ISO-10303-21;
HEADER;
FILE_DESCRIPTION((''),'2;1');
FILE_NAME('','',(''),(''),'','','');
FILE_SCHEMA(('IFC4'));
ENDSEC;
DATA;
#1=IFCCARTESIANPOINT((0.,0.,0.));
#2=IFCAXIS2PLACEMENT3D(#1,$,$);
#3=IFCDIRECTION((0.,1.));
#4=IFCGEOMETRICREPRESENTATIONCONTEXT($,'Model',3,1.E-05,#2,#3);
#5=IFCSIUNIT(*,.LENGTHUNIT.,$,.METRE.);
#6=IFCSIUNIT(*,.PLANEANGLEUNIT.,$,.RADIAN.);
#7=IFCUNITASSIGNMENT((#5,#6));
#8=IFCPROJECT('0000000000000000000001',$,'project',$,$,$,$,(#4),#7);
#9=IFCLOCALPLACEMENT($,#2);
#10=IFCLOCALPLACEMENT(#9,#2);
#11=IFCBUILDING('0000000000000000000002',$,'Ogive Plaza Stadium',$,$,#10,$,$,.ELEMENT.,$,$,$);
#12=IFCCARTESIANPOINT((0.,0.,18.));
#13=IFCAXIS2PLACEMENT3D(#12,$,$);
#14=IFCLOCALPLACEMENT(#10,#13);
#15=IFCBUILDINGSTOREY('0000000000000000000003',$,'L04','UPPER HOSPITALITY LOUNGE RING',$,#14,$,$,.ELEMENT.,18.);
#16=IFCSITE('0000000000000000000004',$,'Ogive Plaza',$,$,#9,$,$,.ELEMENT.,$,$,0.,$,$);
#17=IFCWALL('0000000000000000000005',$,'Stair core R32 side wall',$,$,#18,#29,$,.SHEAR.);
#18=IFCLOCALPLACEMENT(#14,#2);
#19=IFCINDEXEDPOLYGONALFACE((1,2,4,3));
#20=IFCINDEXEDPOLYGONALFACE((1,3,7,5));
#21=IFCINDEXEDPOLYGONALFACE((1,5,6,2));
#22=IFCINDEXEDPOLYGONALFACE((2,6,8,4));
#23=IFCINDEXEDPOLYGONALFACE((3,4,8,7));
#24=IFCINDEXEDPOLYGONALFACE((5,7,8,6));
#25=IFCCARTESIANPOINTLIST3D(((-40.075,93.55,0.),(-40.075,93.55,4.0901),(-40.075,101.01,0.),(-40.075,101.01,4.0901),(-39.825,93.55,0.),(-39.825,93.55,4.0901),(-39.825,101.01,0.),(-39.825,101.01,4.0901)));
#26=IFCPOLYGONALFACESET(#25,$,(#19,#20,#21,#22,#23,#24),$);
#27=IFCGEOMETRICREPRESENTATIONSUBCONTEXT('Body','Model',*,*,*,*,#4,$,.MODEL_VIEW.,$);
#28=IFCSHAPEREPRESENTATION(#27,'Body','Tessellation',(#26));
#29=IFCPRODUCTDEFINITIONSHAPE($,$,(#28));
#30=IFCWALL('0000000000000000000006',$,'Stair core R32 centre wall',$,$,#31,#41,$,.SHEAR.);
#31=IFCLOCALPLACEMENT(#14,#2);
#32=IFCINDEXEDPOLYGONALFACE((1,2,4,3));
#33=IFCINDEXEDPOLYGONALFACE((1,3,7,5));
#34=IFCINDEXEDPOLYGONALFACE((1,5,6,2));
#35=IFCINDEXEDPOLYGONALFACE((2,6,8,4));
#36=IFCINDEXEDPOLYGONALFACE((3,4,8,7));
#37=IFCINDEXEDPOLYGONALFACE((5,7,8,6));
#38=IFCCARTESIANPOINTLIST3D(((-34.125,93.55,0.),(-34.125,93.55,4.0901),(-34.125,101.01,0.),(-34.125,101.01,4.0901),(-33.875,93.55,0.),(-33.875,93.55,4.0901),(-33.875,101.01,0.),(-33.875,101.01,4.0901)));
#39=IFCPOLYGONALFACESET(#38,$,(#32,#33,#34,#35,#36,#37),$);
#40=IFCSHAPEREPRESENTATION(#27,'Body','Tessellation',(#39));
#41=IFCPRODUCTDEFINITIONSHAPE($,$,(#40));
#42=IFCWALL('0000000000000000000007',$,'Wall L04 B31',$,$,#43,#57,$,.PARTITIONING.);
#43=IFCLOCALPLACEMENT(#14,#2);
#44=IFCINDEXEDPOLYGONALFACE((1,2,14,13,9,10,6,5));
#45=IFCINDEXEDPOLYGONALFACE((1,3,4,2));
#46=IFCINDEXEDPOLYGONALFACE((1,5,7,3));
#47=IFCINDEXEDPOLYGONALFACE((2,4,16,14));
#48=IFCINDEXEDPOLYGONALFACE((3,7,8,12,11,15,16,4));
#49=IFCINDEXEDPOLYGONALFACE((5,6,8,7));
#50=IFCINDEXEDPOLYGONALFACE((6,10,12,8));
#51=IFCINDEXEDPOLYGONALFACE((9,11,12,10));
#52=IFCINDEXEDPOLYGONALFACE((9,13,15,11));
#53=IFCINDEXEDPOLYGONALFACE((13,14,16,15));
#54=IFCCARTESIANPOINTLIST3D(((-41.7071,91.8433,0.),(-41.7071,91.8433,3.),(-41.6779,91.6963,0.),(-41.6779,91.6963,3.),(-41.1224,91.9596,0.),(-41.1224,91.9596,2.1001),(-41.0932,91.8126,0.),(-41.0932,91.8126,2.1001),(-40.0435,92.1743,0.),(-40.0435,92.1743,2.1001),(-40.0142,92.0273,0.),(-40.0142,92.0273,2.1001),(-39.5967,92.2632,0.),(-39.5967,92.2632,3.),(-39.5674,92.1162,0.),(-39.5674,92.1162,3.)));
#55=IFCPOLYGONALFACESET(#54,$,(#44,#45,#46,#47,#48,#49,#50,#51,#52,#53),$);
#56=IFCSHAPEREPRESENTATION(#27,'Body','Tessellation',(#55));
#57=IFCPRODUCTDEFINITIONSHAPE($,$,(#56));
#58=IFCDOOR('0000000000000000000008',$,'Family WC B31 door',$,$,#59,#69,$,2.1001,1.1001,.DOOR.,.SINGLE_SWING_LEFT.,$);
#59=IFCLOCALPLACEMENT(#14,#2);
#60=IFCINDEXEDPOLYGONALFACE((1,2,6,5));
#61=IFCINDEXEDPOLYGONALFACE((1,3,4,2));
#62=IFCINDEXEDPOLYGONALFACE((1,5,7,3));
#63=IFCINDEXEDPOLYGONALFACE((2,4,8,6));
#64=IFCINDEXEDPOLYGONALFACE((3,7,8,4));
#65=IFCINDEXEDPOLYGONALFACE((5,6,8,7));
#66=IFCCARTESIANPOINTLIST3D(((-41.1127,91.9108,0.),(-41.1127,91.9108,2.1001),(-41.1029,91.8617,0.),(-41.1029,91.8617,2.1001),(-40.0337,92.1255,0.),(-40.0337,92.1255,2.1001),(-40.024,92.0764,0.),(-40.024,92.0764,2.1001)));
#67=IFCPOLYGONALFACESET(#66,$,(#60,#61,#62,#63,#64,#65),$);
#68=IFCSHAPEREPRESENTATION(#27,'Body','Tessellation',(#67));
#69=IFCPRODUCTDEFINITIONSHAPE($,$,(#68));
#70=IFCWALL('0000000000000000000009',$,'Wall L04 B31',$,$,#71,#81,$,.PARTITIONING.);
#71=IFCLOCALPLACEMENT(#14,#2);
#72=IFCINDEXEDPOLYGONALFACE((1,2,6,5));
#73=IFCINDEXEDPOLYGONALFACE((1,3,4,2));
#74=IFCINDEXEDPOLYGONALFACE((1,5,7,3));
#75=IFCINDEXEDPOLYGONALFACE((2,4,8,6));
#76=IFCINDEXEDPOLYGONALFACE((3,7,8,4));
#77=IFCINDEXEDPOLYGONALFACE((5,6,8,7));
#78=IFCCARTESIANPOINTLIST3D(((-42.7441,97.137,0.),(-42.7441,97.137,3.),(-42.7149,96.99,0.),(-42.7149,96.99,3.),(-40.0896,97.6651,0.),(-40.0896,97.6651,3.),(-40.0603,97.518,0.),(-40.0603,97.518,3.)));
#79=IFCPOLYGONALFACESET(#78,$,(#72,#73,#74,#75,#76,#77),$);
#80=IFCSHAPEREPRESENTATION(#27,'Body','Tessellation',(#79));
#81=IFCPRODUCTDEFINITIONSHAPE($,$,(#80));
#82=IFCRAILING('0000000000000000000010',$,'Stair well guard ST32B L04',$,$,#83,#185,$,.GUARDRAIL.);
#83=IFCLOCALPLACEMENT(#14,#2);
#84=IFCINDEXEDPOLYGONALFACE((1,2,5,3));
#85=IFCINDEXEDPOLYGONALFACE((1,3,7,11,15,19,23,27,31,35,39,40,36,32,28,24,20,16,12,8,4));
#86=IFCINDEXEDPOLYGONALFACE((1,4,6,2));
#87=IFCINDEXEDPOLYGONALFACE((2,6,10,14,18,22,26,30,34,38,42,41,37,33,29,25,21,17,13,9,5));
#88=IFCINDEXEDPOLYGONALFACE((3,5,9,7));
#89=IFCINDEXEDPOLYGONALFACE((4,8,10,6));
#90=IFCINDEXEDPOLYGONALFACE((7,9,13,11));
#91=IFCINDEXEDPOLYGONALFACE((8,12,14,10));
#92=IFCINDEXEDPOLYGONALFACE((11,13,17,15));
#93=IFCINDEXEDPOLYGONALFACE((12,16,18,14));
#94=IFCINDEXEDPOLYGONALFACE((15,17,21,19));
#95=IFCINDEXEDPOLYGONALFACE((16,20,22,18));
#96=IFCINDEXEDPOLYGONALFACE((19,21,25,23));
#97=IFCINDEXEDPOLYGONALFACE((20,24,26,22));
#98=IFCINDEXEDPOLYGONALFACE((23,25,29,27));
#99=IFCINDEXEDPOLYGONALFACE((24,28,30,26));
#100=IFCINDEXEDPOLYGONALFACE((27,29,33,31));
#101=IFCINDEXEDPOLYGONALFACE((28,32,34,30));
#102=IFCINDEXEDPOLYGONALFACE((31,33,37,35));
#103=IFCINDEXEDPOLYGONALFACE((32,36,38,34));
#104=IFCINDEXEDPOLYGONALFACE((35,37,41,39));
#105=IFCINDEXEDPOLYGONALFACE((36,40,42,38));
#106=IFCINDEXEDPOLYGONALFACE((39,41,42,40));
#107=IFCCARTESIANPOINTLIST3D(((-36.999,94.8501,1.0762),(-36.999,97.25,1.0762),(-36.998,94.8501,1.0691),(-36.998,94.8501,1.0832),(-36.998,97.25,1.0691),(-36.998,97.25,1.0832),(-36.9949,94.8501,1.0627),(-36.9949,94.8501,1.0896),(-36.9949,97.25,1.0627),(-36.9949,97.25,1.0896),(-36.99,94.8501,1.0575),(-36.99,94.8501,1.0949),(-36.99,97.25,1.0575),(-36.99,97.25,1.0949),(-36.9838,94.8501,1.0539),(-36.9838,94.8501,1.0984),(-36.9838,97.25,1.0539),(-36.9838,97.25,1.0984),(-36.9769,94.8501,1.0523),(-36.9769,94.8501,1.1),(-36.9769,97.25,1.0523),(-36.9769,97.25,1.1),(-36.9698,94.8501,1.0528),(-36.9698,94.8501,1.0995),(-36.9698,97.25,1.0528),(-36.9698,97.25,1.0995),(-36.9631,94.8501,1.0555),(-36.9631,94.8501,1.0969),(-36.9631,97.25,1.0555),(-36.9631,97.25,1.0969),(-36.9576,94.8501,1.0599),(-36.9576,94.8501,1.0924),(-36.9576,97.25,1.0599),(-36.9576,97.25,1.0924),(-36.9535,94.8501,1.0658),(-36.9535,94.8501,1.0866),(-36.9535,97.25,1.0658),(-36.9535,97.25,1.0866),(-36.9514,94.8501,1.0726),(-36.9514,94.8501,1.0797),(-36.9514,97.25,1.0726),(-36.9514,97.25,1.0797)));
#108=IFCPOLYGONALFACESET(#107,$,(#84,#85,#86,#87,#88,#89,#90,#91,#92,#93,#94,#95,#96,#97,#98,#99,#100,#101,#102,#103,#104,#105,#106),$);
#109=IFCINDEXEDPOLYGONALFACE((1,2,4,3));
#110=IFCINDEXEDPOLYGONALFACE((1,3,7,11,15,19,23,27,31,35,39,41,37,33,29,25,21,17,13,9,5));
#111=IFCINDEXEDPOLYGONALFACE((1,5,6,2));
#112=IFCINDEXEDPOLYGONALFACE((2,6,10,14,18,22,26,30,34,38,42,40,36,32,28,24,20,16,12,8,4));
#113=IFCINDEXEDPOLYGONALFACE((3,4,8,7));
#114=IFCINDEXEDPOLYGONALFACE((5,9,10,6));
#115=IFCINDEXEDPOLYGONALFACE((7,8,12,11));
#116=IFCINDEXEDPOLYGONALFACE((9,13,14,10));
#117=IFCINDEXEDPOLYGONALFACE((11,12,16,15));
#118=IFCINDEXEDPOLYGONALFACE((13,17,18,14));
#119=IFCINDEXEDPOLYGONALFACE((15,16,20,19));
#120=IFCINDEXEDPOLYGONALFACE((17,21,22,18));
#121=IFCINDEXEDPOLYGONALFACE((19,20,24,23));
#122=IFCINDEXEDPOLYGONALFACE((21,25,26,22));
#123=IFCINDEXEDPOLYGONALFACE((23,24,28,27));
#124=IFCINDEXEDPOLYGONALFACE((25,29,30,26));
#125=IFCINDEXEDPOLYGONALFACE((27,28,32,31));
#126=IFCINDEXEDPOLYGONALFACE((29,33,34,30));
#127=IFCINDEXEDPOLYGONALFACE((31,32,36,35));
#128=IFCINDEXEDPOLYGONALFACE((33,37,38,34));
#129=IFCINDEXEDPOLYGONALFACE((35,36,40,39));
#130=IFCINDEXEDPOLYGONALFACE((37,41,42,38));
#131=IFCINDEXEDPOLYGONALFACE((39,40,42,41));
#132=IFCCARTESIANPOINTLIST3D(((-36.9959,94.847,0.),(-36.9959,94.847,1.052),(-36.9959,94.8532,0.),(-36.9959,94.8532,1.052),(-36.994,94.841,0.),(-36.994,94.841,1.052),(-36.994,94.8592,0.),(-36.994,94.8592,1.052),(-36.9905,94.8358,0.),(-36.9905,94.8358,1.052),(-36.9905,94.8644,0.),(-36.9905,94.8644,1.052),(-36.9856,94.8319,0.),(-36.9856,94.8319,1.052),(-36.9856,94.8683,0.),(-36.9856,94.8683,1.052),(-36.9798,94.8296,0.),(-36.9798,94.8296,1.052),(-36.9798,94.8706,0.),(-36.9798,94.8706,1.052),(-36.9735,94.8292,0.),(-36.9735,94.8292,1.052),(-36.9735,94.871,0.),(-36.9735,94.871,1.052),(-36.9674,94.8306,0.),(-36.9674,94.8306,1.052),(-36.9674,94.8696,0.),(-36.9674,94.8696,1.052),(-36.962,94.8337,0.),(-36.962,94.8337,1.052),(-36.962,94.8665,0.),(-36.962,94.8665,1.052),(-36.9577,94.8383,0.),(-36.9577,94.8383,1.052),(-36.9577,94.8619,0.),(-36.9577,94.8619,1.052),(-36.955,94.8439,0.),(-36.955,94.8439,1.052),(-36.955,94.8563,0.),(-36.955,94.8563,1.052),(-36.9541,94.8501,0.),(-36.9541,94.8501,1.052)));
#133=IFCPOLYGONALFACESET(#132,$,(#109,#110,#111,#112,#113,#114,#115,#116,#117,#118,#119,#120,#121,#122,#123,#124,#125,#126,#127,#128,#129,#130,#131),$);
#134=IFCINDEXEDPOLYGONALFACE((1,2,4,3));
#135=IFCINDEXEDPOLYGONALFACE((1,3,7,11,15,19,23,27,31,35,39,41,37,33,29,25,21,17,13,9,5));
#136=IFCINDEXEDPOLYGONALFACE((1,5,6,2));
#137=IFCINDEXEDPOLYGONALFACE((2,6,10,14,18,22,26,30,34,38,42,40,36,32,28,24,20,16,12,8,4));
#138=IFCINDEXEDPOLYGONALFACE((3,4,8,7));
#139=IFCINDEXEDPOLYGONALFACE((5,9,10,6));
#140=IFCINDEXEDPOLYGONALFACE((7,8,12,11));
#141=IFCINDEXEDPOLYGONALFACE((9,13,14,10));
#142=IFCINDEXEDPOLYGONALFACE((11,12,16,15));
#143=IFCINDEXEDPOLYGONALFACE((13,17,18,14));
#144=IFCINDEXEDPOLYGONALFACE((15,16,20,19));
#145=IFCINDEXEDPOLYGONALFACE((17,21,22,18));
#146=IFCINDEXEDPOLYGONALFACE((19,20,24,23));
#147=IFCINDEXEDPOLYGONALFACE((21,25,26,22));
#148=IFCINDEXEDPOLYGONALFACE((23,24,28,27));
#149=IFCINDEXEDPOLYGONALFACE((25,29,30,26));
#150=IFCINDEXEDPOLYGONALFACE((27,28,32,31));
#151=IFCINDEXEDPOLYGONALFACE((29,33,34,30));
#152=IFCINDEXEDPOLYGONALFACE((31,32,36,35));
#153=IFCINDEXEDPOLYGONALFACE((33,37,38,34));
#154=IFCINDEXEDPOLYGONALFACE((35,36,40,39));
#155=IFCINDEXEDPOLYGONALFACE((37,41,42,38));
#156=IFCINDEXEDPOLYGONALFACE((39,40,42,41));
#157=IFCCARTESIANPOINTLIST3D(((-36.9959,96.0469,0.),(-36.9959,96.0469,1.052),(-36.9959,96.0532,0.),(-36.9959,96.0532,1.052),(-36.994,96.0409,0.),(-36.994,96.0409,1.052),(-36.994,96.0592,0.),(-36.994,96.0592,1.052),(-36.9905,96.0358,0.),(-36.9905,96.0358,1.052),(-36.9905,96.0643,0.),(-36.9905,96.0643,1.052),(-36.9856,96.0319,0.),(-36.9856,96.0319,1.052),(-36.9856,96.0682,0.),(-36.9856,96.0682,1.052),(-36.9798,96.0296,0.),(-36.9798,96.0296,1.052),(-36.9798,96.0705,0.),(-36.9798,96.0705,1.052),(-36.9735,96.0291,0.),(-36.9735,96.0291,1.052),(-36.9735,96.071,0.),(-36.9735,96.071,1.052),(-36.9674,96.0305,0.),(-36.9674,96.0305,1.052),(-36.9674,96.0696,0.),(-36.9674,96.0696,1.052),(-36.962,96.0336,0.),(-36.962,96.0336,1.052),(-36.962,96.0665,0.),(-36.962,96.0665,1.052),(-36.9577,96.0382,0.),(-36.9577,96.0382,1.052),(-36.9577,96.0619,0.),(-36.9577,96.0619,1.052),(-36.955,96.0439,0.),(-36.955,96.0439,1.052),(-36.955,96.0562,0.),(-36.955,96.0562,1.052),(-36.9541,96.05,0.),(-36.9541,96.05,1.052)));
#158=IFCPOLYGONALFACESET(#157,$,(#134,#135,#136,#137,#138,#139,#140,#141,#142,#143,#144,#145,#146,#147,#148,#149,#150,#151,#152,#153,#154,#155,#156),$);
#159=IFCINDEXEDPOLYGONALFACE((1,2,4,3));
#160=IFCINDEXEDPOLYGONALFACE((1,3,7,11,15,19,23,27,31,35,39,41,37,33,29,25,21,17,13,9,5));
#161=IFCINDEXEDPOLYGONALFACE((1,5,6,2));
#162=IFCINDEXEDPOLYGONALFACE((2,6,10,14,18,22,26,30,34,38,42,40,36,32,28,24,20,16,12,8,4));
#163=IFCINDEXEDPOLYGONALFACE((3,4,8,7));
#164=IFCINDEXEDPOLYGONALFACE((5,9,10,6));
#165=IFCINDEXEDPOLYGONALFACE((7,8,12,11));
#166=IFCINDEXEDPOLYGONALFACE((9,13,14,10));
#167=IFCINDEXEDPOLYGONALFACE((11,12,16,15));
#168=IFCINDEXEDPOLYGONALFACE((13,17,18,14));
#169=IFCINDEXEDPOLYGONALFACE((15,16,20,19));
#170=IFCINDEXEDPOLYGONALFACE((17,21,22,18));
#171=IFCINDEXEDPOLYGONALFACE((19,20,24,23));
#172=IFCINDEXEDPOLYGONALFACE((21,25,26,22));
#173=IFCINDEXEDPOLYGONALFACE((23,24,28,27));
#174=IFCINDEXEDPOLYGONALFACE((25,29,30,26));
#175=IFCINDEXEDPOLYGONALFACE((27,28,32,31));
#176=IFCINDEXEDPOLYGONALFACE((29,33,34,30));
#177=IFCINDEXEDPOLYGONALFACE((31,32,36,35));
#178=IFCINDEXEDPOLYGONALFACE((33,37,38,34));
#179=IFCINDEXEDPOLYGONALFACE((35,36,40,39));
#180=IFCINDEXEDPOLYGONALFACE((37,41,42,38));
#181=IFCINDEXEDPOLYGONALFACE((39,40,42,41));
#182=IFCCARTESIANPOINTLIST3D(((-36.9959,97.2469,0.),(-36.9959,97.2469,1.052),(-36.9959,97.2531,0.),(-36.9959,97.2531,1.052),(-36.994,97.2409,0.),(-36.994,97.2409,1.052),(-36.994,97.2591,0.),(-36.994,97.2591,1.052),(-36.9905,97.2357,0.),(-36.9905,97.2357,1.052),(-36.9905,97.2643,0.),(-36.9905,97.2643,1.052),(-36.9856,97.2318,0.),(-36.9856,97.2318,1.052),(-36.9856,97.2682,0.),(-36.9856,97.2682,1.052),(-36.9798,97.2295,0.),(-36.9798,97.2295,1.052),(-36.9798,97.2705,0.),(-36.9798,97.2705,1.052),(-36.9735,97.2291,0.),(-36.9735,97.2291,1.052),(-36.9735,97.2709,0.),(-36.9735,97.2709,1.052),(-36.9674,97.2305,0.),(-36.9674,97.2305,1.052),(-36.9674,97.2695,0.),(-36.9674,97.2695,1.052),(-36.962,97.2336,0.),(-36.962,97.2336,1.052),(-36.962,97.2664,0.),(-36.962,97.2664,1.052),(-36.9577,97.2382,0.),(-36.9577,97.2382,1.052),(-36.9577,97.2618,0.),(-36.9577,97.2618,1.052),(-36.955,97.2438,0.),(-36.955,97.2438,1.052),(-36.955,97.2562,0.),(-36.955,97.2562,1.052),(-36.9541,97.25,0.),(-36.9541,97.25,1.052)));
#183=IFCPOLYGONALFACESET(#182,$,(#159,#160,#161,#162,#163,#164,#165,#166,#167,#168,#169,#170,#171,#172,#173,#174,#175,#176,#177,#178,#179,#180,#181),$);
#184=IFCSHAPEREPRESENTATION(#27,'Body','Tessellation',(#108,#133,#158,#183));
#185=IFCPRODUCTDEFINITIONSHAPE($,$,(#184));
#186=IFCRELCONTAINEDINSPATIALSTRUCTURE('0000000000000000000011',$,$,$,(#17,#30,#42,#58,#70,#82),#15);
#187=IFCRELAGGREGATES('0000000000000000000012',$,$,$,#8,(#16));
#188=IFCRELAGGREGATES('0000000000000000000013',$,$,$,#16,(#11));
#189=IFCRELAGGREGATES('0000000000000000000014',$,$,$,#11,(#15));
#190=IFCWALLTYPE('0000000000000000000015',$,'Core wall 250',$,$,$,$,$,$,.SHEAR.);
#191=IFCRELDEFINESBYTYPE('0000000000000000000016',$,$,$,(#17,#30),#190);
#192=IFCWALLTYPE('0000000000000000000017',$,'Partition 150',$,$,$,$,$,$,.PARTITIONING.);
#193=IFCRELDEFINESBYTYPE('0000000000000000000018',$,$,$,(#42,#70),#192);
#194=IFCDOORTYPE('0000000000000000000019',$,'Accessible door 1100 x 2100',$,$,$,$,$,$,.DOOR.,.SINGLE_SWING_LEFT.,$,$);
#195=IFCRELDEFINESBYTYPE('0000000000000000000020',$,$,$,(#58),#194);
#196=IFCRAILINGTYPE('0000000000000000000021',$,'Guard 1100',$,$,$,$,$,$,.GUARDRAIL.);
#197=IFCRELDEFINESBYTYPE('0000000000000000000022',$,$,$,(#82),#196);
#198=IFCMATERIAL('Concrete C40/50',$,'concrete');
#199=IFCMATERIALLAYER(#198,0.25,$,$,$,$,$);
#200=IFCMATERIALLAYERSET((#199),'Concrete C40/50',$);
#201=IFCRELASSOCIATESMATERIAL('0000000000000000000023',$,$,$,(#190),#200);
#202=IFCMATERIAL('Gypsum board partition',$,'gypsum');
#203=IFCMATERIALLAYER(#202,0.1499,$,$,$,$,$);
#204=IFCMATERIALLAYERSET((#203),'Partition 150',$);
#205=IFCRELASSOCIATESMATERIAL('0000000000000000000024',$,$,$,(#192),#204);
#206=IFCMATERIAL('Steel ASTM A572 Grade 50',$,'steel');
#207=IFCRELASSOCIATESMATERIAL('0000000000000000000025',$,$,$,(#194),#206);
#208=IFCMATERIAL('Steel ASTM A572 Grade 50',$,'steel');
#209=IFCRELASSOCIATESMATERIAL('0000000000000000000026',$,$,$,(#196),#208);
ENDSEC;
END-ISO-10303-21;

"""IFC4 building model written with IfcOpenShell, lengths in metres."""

from ifc_helpers import new_model, si_unit, direction, frame, frame_2d, origin, origin_2d, place, context, subcontext, project, spatial, rectangle, circle, extrude, material, layer, layer_set, type_object, element, fill, save


model = new_model("IFC4")

# Units and contexts
model_context = context("Model", 3, precision=1e-05, world=origin(), true_north=direction((0.0, 1.0)))
body_context = subcontext(model_context, "Body", "Model", "MODEL_VIEW")
ifc_project = project(units=[si_unit("LENGTHUNIT", "METRE"), si_unit("PLANEANGLEUNIT", "RADIAN")], contexts=[model_context])

# Site, building, storey
site_placement = place(None, origin())
site = spatial("IfcSite", under=ifc_project, at=site_placement, Name="Ogive Plaza", CompositionType="ELEMENT", RefElevation=0.0)
building_placement = place(site_placement, origin())
building = spatial("IfcBuilding", under=site, at=building_placement, Name="Ogive Plaza Stadium", CompositionType="ELEMENT")
storey_placement = place(building_placement, frame((0.0, 0.0, 18.0)))
storey = spatial("IfcBuildingStorey", under=building, at=storey_placement, Name="L04", Description="UPPER HOSPITALITY LOUNGE RING", CompositionType="ELEMENT", Elevation=18.0)

# Walls
ifc_material_1 = material(Name="Concrete C40/50", Category="concrete")
ifc_layer_1 = layer(ifc_material_1, 0.25)
ifc_layer_set_1 = layer_set([ifc_layer_1], Name="Concrete C40/50")
wall_type_1 = type_object("IfcWallType", Name="Core wall 250", PredefinedType="SHEAR", material=ifc_layer_set_1)
for number, where, z_axis, x_axis, name in (
    (1, (-39.95, 93.55, 0.0), (0.0, 0.0, 1.0), (0.0, 1.0, 0.0), "Stair core R32 side wall"),
    (2, (-34.0, 93.55, 0.0), (0.0, 0.0, 1.0), (0.0, 1.0, 0.0), "Stair core R32 centre wall"),
):
    element("IfcWall", number, at=place(storey_placement, frame(where, z_axis=z_axis, x_axis=x_axis)), inside=storey, type_object=wall_type_1, Name=name, PredefinedType="SHEAR", context=body_context, shape_type="SweptSolid", body=[
        extrude(rectangle(XDim=7.46, YDim=0.25, at=frame_2d((3.73, 0.0))), origin(), (0.0, 0.0, 1.0), 4.0901),
    ])

# Wall, opening, door
ifc_material_2 = material(Name="Gypsum board partition", Category="gypsum")
ifc_layer_2 = layer(ifc_material_2, 0.1499)
ifc_layer_set_2 = layer_set([ifc_layer_2], Name="Partition 150")
wall_type_2 = type_object("IfcWallType", Name="Partition 150", PredefinedType="PARTITIONING", material=ifc_layer_set_2)
wall_1_placement = place(storey_placement, frame((-39.582, 92.1897, 0.0), z_axis=(0.0, 0.0, 1.0), x_axis=(-0.980777, -0.195134, 0.0)))
wall_1 = element("IfcWall", 3, at=wall_1_placement, inside=storey, type_object=wall_type_2, Name="Wall L04 B31", PredefinedType="PARTITIONING", context=body_context, shape_type="SweptSolid", body=[
    extrude(rectangle(XDim=2.1519, YDim=0.1499, at=frame_2d((1.0759, 0.0))), origin(), (0.0, 0.0, 1.0), 3.0),
])
opening_placement = place(wall_1_placement, frame((0.4556, 0.0, 0.0)))
opening = element("IfcOpeningElement", 4, at=opening_placement, cuts=wall_1, PredefinedType="OPENING", context=body_context, shape_type="SweptSolid", body=[
    extrude(rectangle(XDim=1.1001, YDim=2.1001, at=frame_2d((0.55, 1.05))), frame((0.0, 0.075, 0.0), z_axis=(0.0, -1.0, 0.0), x_axis=(1.0, 0.0, 0.0)), (0.0, 0.0, 1.0), 0.1499),
])
ifc_material_3 = material(Name="Steel ASTM A572 Grade 50", Category="steel")
door_type = type_object("IfcDoorType", Name="Accessible door 1100 x 2100", OperationType="SINGLE_SWING_LEFT", PredefinedType="DOOR", material=ifc_material_3)
door_placement = place(opening_placement, origin())
door = element("IfcDoor", 5, at=door_placement, inside=storey, type_object=door_type, Name="Family WC B31 door", OperationType="SINGLE_SWING_LEFT", OverallHeight=2.1001, OverallWidth=1.1001, PredefinedType="DOOR", context=body_context, shape_type="SweptSolid", body=[
    extrude(rectangle(XDim=1.1001, YDim=2.1001, at=frame_2d((0.55, 1.05))), frame((0.0, 0.0249, 0.0), z_axis=(0.0, -1.0, 0.0), x_axis=(1.0, 0.0, 0.0)), (0.0, 0.0, 1.0), 0.05),
])
fill(opening, door)

# Wall
wall_2_placement = place(storey_placement, frame((-40.075, 97.5916, 0.0), z_axis=(0.0, 0.0, 1.0), x_axis=(-0.980781, -0.19511, 0.0)))
element("IfcWall", 6, at=wall_2_placement, inside=storey, type_object=wall_type_2, Name="Wall L04 B31", PredefinedType="PARTITIONING", context=body_context, shape_type="SweptSolid", body=[
    extrude(rectangle(XDim=2.7065, YDim=0.1499, at=frame_2d((1.3533, 0.0))), origin(), (0.0, 0.0, 1.0), 3.0),
])

# Railing
ifc_material_4 = material(Name="Steel ASTM A572 Grade 50", Category="steel")
railing_type_1 = type_object("IfcRailingType", Name="Guard 1100", PredefinedType="GUARDRAIL", material=ifc_material_4)
for number, where, name in (
    (7, (-36.9751, 94.8501, 0.0), "Stair well guard ST32B L04"),
):
    element("IfcRailing", number, at=place(storey_placement, frame(where)), inside=storey, type_object=railing_type_1, Name=name, PredefinedType="GUARDRAIL", context=body_context, shape_type="SweptSolid", body=[
        extrude(circle(Radius=0.0239, at=origin_2d()), frame((0.0, 0.0, 1.0762), z_axis=(0.0, 1.0, 0.0), x_axis=(-1.0, 0.0, 0.0)), (0.0, 0.0, 1.0), 2.3999),
        extrude(circle(Radius=0.021, at=origin_2d()), origin(), (0.0, 0.0, 1.0), 1.052),
        extrude(circle(Radius=0.021, at=origin_2d()), frame((0.0, 1.2, 0.0)), (0.0, 0.0, 1.0), 1.052),
        extrude(circle(Radius=0.021, at=origin_2d()), frame((0.0, 2.3999, 0.0)), (0.0, 0.0, 1.0), 1.052),
    ])

save(model, "model.ifc")
